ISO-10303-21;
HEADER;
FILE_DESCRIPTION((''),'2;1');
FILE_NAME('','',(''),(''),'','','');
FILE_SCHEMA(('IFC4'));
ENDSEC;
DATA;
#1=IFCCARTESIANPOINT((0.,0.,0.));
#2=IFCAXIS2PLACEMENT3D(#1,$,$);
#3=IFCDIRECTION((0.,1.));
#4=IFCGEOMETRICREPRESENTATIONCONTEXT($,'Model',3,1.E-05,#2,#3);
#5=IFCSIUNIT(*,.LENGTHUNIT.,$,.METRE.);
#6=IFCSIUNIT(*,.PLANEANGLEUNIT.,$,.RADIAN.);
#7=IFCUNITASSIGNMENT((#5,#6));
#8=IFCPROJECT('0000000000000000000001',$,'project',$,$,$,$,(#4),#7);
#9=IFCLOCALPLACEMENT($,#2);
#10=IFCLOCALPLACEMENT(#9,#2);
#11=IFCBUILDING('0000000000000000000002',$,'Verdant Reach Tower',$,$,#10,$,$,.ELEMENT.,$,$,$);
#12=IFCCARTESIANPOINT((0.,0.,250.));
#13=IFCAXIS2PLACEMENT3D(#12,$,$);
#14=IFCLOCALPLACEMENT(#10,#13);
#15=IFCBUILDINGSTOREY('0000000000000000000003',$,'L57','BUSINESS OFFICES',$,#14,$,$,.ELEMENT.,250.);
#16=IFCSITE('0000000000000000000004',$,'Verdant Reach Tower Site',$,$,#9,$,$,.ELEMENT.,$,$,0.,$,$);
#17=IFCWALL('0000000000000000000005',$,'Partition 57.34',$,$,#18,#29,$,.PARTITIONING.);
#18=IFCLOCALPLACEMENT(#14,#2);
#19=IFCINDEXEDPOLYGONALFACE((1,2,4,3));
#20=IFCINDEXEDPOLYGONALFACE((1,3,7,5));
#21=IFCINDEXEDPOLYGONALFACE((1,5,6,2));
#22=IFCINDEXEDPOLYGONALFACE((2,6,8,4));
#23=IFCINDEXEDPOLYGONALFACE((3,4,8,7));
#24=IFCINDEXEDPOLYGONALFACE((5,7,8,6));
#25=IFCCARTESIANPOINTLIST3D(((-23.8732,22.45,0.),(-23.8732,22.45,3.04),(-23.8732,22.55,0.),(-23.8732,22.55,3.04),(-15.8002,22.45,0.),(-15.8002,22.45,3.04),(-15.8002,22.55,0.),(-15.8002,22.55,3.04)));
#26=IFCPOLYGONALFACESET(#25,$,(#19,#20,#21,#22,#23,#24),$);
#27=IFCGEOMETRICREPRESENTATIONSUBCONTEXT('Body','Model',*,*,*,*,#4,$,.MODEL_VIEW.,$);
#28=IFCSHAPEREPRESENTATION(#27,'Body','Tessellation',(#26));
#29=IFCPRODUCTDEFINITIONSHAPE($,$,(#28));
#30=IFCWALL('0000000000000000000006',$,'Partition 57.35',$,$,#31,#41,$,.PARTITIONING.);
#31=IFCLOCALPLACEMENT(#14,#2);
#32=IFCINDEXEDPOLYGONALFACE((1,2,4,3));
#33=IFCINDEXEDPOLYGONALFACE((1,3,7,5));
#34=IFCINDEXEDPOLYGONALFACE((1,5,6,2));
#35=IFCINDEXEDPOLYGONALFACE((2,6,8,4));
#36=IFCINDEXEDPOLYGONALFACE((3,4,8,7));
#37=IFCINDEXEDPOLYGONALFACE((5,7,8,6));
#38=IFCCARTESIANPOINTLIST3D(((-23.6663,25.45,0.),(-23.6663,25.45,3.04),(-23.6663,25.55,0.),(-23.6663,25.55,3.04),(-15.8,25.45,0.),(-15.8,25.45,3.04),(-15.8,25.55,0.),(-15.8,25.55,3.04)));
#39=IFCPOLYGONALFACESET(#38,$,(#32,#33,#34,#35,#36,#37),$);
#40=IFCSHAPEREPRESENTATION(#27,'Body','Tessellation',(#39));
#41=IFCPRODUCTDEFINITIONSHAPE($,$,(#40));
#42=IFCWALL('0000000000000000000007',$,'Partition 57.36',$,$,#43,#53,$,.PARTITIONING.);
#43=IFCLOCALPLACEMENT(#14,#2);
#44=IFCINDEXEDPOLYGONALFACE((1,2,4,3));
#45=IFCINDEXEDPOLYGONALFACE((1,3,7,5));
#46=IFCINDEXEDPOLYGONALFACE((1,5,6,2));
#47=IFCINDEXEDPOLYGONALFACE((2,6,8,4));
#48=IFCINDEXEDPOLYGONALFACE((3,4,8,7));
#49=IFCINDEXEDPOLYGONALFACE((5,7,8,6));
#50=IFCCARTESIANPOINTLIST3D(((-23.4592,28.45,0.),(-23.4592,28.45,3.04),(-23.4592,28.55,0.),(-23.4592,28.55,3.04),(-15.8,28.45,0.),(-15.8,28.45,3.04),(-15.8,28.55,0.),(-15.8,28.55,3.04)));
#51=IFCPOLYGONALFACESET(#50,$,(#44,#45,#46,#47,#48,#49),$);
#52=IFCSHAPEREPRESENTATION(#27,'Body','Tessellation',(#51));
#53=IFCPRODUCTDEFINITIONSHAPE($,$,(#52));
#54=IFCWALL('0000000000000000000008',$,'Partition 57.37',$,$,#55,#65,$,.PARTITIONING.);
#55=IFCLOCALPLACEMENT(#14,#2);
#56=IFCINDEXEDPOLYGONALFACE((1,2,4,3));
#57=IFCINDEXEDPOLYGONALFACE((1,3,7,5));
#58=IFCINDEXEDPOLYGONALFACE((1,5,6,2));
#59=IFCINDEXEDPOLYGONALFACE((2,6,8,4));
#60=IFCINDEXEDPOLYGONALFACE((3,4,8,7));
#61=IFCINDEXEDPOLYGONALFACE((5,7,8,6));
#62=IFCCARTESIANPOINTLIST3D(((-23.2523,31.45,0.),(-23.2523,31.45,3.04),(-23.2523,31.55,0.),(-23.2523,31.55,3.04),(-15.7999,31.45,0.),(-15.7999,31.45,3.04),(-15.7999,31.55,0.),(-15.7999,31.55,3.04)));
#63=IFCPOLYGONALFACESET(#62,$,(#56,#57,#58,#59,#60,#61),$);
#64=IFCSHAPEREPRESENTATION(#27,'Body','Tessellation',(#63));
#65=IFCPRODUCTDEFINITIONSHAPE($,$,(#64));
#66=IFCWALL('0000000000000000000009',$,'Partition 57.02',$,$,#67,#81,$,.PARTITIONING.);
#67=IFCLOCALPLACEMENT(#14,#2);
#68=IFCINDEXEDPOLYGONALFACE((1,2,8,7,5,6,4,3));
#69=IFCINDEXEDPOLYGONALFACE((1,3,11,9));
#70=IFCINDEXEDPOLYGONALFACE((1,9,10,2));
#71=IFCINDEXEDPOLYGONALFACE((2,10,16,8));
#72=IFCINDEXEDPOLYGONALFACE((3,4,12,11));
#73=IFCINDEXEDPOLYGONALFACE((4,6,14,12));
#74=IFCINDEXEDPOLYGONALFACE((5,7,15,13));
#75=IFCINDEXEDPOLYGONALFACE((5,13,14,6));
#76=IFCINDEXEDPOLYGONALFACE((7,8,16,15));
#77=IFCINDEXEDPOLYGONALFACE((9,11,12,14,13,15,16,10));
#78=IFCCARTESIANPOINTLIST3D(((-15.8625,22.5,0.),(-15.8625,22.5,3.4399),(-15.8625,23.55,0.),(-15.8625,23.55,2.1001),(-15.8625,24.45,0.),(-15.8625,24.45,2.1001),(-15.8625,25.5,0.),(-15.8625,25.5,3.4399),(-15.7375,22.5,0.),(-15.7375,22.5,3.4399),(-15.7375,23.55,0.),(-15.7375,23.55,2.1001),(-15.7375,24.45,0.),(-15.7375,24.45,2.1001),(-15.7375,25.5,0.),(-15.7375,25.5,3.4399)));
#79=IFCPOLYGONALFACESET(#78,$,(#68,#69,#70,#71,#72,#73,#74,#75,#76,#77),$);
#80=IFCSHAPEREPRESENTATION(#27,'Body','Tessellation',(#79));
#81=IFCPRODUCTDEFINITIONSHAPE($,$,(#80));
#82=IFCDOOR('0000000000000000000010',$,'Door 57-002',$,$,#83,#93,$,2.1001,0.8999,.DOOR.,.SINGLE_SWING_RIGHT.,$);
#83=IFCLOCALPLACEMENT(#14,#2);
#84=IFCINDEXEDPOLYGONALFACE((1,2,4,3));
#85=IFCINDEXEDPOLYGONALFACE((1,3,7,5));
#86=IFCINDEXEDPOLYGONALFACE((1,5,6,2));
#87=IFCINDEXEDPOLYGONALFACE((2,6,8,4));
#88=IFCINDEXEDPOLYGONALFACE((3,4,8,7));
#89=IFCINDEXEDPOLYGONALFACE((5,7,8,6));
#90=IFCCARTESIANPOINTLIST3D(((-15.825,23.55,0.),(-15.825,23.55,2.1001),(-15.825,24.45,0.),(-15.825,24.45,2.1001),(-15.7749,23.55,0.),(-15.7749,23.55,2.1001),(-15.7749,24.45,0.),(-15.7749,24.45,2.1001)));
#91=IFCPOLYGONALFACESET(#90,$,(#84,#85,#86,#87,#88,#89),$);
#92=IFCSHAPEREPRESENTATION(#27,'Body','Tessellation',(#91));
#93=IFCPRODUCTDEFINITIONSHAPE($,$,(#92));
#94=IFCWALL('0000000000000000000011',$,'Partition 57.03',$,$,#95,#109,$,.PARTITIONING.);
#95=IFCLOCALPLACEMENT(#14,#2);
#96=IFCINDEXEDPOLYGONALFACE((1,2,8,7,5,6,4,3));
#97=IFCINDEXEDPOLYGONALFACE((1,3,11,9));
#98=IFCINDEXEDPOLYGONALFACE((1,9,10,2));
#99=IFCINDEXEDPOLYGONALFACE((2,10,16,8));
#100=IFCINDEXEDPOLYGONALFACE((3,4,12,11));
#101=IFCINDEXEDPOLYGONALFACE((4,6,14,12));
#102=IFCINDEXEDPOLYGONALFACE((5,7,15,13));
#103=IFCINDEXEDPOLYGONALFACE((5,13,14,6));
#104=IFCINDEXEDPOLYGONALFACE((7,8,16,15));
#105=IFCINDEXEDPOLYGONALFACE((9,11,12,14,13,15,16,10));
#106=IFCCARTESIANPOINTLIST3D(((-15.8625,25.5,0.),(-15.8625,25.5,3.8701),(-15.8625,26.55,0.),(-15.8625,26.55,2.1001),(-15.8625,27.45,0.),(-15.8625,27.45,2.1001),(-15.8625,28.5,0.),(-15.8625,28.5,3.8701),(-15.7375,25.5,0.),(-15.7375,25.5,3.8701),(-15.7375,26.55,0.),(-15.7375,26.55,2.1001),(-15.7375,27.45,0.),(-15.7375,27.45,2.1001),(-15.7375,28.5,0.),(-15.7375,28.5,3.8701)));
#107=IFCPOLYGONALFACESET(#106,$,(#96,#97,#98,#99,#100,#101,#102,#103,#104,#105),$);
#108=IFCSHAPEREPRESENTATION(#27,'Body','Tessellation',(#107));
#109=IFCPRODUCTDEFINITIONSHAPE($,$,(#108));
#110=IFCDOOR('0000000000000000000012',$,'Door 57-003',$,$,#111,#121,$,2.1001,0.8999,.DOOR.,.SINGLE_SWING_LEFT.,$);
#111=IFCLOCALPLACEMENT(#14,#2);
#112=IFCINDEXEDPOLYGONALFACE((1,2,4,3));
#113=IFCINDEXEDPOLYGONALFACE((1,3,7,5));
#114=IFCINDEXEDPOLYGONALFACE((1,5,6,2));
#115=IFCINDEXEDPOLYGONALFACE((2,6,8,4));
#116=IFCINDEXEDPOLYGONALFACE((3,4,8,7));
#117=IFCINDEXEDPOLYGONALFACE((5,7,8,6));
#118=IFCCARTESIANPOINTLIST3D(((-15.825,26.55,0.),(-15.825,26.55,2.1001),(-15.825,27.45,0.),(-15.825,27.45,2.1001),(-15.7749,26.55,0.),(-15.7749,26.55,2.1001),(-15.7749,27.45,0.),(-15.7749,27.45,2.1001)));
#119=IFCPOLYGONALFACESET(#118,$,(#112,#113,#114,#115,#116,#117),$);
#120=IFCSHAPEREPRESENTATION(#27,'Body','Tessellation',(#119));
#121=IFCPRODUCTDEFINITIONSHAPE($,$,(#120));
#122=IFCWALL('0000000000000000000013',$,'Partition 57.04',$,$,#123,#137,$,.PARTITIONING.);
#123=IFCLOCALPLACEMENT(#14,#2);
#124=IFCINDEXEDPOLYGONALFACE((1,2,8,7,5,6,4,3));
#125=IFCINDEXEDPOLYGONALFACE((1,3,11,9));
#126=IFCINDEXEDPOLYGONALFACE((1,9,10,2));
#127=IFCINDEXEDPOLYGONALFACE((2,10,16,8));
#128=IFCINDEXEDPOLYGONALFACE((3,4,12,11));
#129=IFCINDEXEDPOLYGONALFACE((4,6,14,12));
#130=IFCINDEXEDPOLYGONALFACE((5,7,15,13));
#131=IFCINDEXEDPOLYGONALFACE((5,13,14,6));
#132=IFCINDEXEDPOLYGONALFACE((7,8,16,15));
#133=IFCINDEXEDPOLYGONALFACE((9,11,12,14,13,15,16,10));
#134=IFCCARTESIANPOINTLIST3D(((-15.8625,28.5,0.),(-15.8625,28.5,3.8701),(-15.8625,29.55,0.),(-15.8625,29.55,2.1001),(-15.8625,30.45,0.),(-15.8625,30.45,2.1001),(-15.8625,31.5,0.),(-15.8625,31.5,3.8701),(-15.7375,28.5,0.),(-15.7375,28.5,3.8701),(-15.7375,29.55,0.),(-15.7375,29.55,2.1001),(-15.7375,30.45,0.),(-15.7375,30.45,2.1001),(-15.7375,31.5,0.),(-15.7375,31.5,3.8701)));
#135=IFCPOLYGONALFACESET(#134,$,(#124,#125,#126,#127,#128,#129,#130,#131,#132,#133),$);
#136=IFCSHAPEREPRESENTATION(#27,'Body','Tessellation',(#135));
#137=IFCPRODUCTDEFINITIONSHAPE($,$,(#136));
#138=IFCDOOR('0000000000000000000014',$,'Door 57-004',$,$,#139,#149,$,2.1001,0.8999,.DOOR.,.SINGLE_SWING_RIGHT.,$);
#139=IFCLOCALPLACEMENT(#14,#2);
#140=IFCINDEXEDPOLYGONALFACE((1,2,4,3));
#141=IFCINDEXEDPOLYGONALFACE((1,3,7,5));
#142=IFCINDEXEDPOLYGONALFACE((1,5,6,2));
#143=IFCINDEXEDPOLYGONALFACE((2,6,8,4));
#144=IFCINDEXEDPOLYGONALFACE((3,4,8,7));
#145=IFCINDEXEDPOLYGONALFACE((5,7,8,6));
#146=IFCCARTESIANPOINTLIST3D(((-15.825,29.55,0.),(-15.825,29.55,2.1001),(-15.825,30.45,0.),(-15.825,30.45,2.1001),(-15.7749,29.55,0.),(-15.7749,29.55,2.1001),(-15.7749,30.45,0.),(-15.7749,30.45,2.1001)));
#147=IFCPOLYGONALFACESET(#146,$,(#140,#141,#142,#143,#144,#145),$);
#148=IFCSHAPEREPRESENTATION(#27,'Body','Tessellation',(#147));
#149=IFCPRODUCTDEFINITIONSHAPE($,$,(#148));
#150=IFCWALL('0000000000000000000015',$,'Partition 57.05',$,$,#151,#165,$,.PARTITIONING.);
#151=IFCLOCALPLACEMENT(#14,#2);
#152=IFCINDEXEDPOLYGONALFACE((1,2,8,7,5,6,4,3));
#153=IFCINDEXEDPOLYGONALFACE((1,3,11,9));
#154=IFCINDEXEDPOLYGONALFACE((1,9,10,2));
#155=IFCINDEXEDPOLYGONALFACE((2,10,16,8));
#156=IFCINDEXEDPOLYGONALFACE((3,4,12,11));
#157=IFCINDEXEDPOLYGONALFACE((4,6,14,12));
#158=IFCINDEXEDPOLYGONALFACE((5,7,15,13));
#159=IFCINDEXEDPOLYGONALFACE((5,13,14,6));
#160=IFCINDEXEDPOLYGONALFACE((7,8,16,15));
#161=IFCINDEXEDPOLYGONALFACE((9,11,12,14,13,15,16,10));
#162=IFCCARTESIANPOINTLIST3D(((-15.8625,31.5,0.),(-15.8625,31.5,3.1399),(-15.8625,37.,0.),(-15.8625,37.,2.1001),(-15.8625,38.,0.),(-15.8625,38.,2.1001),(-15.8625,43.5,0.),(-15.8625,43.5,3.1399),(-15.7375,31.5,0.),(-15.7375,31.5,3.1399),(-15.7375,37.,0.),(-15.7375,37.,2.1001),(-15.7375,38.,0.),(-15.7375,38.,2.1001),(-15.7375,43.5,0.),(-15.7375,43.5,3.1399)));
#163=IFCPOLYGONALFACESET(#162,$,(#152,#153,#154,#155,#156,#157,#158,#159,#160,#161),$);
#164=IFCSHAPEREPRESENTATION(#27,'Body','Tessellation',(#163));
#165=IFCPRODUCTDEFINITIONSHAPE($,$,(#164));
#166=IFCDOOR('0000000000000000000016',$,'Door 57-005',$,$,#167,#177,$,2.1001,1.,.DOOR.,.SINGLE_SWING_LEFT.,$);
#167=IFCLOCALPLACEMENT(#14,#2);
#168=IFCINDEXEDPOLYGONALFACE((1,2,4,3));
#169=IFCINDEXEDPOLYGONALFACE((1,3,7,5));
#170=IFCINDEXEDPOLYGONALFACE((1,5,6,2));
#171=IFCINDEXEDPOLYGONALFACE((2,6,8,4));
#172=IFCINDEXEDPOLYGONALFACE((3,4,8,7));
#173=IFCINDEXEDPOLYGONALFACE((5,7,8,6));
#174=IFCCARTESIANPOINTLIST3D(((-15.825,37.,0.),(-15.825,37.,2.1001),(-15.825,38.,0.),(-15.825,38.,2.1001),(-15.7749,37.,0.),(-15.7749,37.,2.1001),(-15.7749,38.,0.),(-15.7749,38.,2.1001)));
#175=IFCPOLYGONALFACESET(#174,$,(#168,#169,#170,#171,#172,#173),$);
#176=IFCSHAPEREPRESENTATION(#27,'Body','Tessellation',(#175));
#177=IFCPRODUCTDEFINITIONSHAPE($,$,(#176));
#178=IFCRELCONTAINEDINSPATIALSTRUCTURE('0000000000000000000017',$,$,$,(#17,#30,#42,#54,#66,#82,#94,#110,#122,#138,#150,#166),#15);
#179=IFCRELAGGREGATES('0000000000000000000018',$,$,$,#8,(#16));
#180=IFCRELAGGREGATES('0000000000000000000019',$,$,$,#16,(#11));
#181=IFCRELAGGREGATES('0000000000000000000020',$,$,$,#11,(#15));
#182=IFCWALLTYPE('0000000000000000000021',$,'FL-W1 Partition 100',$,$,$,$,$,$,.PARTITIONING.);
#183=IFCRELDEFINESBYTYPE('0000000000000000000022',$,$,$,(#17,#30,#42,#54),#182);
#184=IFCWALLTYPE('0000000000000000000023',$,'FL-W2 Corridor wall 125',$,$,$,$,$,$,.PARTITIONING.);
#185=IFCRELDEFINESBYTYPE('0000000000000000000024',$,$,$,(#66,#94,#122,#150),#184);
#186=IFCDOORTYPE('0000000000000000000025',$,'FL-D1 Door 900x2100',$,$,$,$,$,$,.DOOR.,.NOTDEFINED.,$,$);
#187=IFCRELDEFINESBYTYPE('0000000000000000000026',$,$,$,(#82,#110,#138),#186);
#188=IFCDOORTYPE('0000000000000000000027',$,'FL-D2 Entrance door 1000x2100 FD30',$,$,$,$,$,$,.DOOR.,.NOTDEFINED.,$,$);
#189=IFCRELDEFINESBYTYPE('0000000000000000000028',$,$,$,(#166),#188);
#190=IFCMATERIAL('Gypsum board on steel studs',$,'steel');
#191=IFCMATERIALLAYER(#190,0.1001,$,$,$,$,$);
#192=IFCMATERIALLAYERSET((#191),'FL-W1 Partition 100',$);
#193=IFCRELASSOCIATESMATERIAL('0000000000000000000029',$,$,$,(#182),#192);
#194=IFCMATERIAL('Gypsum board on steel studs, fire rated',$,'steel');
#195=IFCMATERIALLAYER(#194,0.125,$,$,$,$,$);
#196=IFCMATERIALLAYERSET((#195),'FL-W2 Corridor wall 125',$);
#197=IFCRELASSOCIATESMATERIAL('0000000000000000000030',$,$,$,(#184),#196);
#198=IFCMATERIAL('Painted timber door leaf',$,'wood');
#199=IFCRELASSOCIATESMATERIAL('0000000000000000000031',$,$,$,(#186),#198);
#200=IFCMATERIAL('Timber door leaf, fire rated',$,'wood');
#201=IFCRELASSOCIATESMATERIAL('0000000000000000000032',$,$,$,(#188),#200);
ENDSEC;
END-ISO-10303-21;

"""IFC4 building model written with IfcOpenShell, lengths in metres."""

from ifc_helpers import new_model, si_unit, direction, frame, frame_2d, origin, place, context, subcontext, project, spatial, rectangle, extrude, material, layer, layer_set, type_object, element, fill, save


model = new_model("IFC4")

# Units and contexts
model_context = context("Model", 3, precision=1e-05, world=origin(), true_north=direction((0.0, 1.0)))
body_context = subcontext(model_context, "Body", "Model", "MODEL_VIEW")
ifc_project = project(units=[si_unit("LENGTHUNIT", "METRE"), si_unit("PLANEANGLEUNIT", "RADIAN")], contexts=[model_context])

# Site, building, storey
site_placement = place(None, origin())
site = spatial("IfcSite", under=ifc_project, at=site_placement, Name="Verdant Reach Tower Site", CompositionType="ELEMENT", RefElevation=0.0)
building_placement = place(site_placement, origin())
building = spatial("IfcBuilding", under=site, at=building_placement, Name="Verdant Reach Tower", CompositionType="ELEMENT")
storey_placement = place(building_placement, frame((0.0, 0.0, 250.0)))
storey = spatial("IfcBuildingStorey", under=building, at=storey_placement, Name="L57", Description="BUSINESS OFFICES", CompositionType="ELEMENT", Elevation=250.0)

# Walls
ifc_material_1 = material(Name="Gypsum board on steel studs", Category="steel")
ifc_layer_1 = layer(ifc_material_1, 0.1001)
ifc_layer_set_1 = layer_set([ifc_layer_1], Name="FL-W1 Partition 100")
wall_type_1 = type_object("IfcWallType", Name="FL-W1 Partition 100", PredefinedType="PARTITIONING", material=ifc_layer_set_1)
wall_1_placement = place(storey_placement, frame((-15.8, 22.5, 0.0), z_axis=(0.0, 0.0, 1.0), x_axis=(-1.0, 0.0, 0.0)))
element("IfcWall", 1, at=wall_1_placement, inside=storey, type_object=wall_type_1, Name="Partition 57.34", PredefinedType="PARTITIONING", context=body_context, shape_type="SweptSolid", body=[
    extrude(rectangle(XDim=8.073, YDim=0.1001, at=frame_2d((4.0366, 0.0))), origin(), (0.0, 0.0, 1.0), 3.04),
])
wall_2_placement = place(storey_placement, frame((-15.8, 25.5, 0.0), z_axis=(0.0, 0.0, 1.0), x_axis=(-1.0, 0.0, 0.0)))
element("IfcWall", 2, at=wall_2_placement, inside=storey, type_object=wall_type_1, Name="Partition 57.35", PredefinedType="PARTITIONING", context=body_context, shape_type="SweptSolid", body=[
    extrude(rectangle(XDim=7.8662, YDim=0.1001, at=frame_2d((3.9331, 0.0))), origin(), (0.0, 0.0, 1.0), 3.04),
])
wall_3_placement = place(storey_placement, frame((-15.8, 28.5, 0.0), z_axis=(0.0, 0.0, 1.0), x_axis=(-1.0, 0.0, 0.0)))
element("IfcWall", 3, at=wall_3_placement, inside=storey, type_object=wall_type_1, Name="Partition 57.36", PredefinedType="PARTITIONING", context=body_context, shape_type="SweptSolid", body=[
    extrude(rectangle(XDim=7.6592, YDim=0.1001, at=frame_2d((3.8296, 0.0))), origin(), (0.0, 0.0, 1.0), 3.04),
])
wall_4_placement = place(storey_placement, frame((-15.8, 31.5, 0.0), z_axis=(0.0, 0.0, 1.0), x_axis=(-1.0, 0.0, 0.0)))
element("IfcWall", 4, at=wall_4_placement, inside=storey, type_object=wall_type_1, Name="Partition 57.37", PredefinedType="PARTITIONING", context=body_context, shape_type="SweptSolid", body=[
    extrude(rectangle(XDim=7.4524, YDim=0.1001, at=frame_2d((3.7261, 0.0))), origin(), (0.0, 0.0, 1.0), 3.04),
])

# Walls, openings, doors
ifc_material_2 = material(Name="Gypsum board on steel studs, fire rated", Category="steel")
ifc_layer_2 = layer(ifc_material_2, 0.125)
ifc_layer_set_2 = layer_set([ifc_layer_2], Name="FL-W2 Corridor wall 125")
wall_type_2 = type_object("IfcWallType", Name="FL-W2 Corridor wall 125", PredefinedType="PARTITIONING", material=ifc_layer_set_2)
wall_5_placement = place(storey_placement, frame((-15.8, 22.5, 0.0), z_axis=(0.0, 0.0, 1.0), x_axis=(0.0, 1.0, 0.0)))
wall_5 = element("IfcWall", 5, at=wall_5_placement, inside=storey, type_object=wall_type_2, Name="Partition 57.02", PredefinedType="PARTITIONING", context=body_context, shape_type="SweptSolid", body=[
    extrude(rectangle(XDim=3.0, YDim=0.125, at=frame_2d((1.5, 0.0))), origin(), (0.0, 0.0, 1.0), 3.4399),
])
opening_1_placement = place(wall_5_placement, frame((1.05, 0.0, 0.0)))
opening_1 = element("IfcOpeningElement", 6, at=opening_1_placement, cuts=wall_5, PredefinedType="OPENING", context=body_context, shape_type="SweptSolid", body=[
    extrude(rectangle(XDim=0.8999, YDim=2.1001, at=frame_2d((0.45, 1.05))), frame((0.0, 0.0725, 0.0), z_axis=(0.0, -1.0, 0.0), x_axis=(1.0, 0.0, 0.0)), (0.0, 0.0, 1.0), 0.145),
])
ifc_material_3 = material(Name="Painted timber door leaf", Category="wood")
door_type_1 = type_object("IfcDoorType", Name="FL-D1 Door 900x2100", OperationType="NOTDEFINED", PredefinedType="DOOR", material=ifc_material_3)
door_1_placement = place(opening_1_placement, origin())
door_1 = element("IfcDoor", 7, at=door_1_placement, inside=storey, type_object=door_type_1, Name="Door 57-002", OperationType="SINGLE_SWING_RIGHT", OverallHeight=2.1001, OverallWidth=0.8999, PredefinedType="DOOR", context=body_context, shape_type="SweptSolid", body=[
    extrude(rectangle(XDim=0.8999, YDim=2.1001, at=frame_2d((0.45, 1.05))), frame((0.0, 0.0249, 0.0), z_axis=(0.0, -1.0, 0.0), x_axis=(1.0, 0.0, 0.0)), (0.0, 0.0, 1.0), 0.05),
])
fill(opening_1, door_1)
wall_6_placement = place(storey_placement, frame((-15.8, 25.5, 0.0), z_axis=(0.0, 0.0, 1.0), x_axis=(0.0, 1.0, 0.0)))
wall_6 = element("IfcWall", 8, at=wall_6_placement, inside=storey, type_object=wall_type_2, Name="Partition 57.03", PredefinedType="PARTITIONING", context=body_context, shape_type="SweptSolid", body=[
    extrude(rectangle(XDim=3.0, YDim=0.125, at=frame_2d((1.5, 0.0))), origin(), (0.0, 0.0, 1.0), 3.8701),
])
opening_2_placement = place(wall_6_placement, frame((1.05, 0.0, 0.0)))
opening_2 = element("IfcOpeningElement", 9, at=opening_2_placement, cuts=wall_6, PredefinedType="OPENING", context=body_context, shape_type="SweptSolid", body=[
    extrude(rectangle(XDim=0.8999, YDim=2.1001, at=frame_2d((0.45, 1.05))), frame((0.0, 0.0725, 0.0), z_axis=(0.0, -1.0, 0.0), x_axis=(1.0, 0.0, 0.0)), (0.0, 0.0, 1.0), 0.145),
])
door_2_placement = place(opening_2_placement, origin())
door_2 = element("IfcDoor", 10, at=door_2_placement, inside=storey, type_object=door_type_1, Name="Door 57-003", OperationType="SINGLE_SWING_LEFT", OverallHeight=2.1001, OverallWidth=0.8999, PredefinedType="DOOR", context=body_context, shape_type="SweptSolid", body=[
    extrude(rectangle(XDim=0.8999, YDim=2.1001, at=frame_2d((0.45, 1.05))), frame((0.0, 0.0249, 0.0), z_axis=(0.0, -1.0, 0.0), x_axis=(1.0, 0.0, 0.0)), (0.0, 0.0, 1.0), 0.05),
])
fill(opening_2, door_2)
wall_7_placement = place(storey_placement, frame((-15.8, 28.5, 0.0), z_axis=(0.0, 0.0, 1.0), x_axis=(0.0, 1.0, 0.0)))
wall_7 = element("IfcWall", 11, at=wall_7_placement, inside=storey, type_object=wall_type_2, Name="Partition 57.04", PredefinedType="PARTITIONING", context=body_context, shape_type="SweptSolid", body=[
    extrude(rectangle(XDim=3.0, YDim=0.125, at=frame_2d((1.5, 0.0))), origin(), (0.0, 0.0, 1.0), 3.8701),
])
opening_3_placement = place(wall_7_placement, frame((1.05, 0.0, 0.0)))
opening_3 = element("IfcOpeningElement", 12, at=opening_3_placement, cuts=wall_7, PredefinedType="OPENING", context=body_context, shape_type="SweptSolid", body=[
    extrude(rectangle(XDim=0.8999, YDim=2.1001, at=frame_2d((0.45, 1.05))), frame((0.0, 0.0725, 0.0), z_axis=(0.0, -1.0, 0.0), x_axis=(1.0, 0.0, 0.0)), (0.0, 0.0, 1.0), 0.145),
])
door_3_placement = place(opening_3_placement, origin())
door_3 = element("IfcDoor", 13, at=door_3_placement, inside=storey, type_object=door_type_1, Name="Door 57-004", OperationType="SINGLE_SWING_RIGHT", OverallHeight=2.1001, OverallWidth=0.8999, PredefinedType="DOOR", context=body_context, shape_type="SweptSolid", body=[
    extrude(rectangle(XDim=0.8999, YDim=2.1001, at=frame_2d((0.45, 1.05))), frame((0.0, 0.0249, 0.0), z_axis=(0.0, -1.0, 0.0), x_axis=(1.0, 0.0, 0.0)), (0.0, 0.0, 1.0), 0.05),
])
fill(opening_3, door_3)
wall_8_placement = place(storey_placement, frame((-15.8, 31.5, 0.0), z_axis=(0.0, 0.0, 1.0), x_axis=(0.0, 1.0, 0.0)))
wall_8 = element("IfcWall", 14, at=wall_8_placement, inside=storey, type_object=wall_type_2, Name="Partition 57.05", PredefinedType="PARTITIONING", context=body_context, shape_type="SweptSolid", body=[
    extrude(rectangle(XDim=12.0, YDim=0.125, at=frame_2d((6.0, 0.0))), origin(), (0.0, 0.0, 1.0), 3.1399),
])
opening_4_placement = place(wall_8_placement, frame((5.5, 0.0, 0.0)))
opening_4 = element("IfcOpeningElement", 15, at=opening_4_placement, cuts=wall_8, PredefinedType="OPENING", context=body_context, shape_type="SweptSolid", body=[
    extrude(rectangle(XDim=1.0, YDim=2.1001, at=frame_2d((0.5, 1.05))), frame((0.0, 0.0725, 0.0), z_axis=(0.0, -1.0, 0.0), x_axis=(1.0, 0.0, 0.0)), (0.0, 0.0, 1.0), 0.145),
])
ifc_material_4 = material(Name="Timber door leaf, fire rated", Category="wood")
door_type_2 = type_object("IfcDoorType", Name="FL-D2 Entrance door 1000x2100 FD30", OperationType="NOTDEFINED", PredefinedType="DOOR", material=ifc_material_4)
door_4_placement = place(opening_4_placement, origin())
door_4 = element("IfcDoor", 16, at=door_4_placement, inside=storey, type_object=door_type_2, Name="Door 57-005", OperationType="SINGLE_SWING_LEFT", OverallHeight=2.1001, OverallWidth=1.0, PredefinedType="DOOR", context=body_context, shape_type="SweptSolid", body=[
    extrude(rectangle(XDim=1.0, YDim=2.1001, at=frame_2d((0.5, 1.05))), frame((0.0, 0.0249, 0.0), z_axis=(0.0, -1.0, 0.0), x_axis=(1.0, 0.0, 0.0)), (0.0, 0.0, 1.0), 0.05),
])
fill(opening_4, door_4)

save(model, "model.ifc")
